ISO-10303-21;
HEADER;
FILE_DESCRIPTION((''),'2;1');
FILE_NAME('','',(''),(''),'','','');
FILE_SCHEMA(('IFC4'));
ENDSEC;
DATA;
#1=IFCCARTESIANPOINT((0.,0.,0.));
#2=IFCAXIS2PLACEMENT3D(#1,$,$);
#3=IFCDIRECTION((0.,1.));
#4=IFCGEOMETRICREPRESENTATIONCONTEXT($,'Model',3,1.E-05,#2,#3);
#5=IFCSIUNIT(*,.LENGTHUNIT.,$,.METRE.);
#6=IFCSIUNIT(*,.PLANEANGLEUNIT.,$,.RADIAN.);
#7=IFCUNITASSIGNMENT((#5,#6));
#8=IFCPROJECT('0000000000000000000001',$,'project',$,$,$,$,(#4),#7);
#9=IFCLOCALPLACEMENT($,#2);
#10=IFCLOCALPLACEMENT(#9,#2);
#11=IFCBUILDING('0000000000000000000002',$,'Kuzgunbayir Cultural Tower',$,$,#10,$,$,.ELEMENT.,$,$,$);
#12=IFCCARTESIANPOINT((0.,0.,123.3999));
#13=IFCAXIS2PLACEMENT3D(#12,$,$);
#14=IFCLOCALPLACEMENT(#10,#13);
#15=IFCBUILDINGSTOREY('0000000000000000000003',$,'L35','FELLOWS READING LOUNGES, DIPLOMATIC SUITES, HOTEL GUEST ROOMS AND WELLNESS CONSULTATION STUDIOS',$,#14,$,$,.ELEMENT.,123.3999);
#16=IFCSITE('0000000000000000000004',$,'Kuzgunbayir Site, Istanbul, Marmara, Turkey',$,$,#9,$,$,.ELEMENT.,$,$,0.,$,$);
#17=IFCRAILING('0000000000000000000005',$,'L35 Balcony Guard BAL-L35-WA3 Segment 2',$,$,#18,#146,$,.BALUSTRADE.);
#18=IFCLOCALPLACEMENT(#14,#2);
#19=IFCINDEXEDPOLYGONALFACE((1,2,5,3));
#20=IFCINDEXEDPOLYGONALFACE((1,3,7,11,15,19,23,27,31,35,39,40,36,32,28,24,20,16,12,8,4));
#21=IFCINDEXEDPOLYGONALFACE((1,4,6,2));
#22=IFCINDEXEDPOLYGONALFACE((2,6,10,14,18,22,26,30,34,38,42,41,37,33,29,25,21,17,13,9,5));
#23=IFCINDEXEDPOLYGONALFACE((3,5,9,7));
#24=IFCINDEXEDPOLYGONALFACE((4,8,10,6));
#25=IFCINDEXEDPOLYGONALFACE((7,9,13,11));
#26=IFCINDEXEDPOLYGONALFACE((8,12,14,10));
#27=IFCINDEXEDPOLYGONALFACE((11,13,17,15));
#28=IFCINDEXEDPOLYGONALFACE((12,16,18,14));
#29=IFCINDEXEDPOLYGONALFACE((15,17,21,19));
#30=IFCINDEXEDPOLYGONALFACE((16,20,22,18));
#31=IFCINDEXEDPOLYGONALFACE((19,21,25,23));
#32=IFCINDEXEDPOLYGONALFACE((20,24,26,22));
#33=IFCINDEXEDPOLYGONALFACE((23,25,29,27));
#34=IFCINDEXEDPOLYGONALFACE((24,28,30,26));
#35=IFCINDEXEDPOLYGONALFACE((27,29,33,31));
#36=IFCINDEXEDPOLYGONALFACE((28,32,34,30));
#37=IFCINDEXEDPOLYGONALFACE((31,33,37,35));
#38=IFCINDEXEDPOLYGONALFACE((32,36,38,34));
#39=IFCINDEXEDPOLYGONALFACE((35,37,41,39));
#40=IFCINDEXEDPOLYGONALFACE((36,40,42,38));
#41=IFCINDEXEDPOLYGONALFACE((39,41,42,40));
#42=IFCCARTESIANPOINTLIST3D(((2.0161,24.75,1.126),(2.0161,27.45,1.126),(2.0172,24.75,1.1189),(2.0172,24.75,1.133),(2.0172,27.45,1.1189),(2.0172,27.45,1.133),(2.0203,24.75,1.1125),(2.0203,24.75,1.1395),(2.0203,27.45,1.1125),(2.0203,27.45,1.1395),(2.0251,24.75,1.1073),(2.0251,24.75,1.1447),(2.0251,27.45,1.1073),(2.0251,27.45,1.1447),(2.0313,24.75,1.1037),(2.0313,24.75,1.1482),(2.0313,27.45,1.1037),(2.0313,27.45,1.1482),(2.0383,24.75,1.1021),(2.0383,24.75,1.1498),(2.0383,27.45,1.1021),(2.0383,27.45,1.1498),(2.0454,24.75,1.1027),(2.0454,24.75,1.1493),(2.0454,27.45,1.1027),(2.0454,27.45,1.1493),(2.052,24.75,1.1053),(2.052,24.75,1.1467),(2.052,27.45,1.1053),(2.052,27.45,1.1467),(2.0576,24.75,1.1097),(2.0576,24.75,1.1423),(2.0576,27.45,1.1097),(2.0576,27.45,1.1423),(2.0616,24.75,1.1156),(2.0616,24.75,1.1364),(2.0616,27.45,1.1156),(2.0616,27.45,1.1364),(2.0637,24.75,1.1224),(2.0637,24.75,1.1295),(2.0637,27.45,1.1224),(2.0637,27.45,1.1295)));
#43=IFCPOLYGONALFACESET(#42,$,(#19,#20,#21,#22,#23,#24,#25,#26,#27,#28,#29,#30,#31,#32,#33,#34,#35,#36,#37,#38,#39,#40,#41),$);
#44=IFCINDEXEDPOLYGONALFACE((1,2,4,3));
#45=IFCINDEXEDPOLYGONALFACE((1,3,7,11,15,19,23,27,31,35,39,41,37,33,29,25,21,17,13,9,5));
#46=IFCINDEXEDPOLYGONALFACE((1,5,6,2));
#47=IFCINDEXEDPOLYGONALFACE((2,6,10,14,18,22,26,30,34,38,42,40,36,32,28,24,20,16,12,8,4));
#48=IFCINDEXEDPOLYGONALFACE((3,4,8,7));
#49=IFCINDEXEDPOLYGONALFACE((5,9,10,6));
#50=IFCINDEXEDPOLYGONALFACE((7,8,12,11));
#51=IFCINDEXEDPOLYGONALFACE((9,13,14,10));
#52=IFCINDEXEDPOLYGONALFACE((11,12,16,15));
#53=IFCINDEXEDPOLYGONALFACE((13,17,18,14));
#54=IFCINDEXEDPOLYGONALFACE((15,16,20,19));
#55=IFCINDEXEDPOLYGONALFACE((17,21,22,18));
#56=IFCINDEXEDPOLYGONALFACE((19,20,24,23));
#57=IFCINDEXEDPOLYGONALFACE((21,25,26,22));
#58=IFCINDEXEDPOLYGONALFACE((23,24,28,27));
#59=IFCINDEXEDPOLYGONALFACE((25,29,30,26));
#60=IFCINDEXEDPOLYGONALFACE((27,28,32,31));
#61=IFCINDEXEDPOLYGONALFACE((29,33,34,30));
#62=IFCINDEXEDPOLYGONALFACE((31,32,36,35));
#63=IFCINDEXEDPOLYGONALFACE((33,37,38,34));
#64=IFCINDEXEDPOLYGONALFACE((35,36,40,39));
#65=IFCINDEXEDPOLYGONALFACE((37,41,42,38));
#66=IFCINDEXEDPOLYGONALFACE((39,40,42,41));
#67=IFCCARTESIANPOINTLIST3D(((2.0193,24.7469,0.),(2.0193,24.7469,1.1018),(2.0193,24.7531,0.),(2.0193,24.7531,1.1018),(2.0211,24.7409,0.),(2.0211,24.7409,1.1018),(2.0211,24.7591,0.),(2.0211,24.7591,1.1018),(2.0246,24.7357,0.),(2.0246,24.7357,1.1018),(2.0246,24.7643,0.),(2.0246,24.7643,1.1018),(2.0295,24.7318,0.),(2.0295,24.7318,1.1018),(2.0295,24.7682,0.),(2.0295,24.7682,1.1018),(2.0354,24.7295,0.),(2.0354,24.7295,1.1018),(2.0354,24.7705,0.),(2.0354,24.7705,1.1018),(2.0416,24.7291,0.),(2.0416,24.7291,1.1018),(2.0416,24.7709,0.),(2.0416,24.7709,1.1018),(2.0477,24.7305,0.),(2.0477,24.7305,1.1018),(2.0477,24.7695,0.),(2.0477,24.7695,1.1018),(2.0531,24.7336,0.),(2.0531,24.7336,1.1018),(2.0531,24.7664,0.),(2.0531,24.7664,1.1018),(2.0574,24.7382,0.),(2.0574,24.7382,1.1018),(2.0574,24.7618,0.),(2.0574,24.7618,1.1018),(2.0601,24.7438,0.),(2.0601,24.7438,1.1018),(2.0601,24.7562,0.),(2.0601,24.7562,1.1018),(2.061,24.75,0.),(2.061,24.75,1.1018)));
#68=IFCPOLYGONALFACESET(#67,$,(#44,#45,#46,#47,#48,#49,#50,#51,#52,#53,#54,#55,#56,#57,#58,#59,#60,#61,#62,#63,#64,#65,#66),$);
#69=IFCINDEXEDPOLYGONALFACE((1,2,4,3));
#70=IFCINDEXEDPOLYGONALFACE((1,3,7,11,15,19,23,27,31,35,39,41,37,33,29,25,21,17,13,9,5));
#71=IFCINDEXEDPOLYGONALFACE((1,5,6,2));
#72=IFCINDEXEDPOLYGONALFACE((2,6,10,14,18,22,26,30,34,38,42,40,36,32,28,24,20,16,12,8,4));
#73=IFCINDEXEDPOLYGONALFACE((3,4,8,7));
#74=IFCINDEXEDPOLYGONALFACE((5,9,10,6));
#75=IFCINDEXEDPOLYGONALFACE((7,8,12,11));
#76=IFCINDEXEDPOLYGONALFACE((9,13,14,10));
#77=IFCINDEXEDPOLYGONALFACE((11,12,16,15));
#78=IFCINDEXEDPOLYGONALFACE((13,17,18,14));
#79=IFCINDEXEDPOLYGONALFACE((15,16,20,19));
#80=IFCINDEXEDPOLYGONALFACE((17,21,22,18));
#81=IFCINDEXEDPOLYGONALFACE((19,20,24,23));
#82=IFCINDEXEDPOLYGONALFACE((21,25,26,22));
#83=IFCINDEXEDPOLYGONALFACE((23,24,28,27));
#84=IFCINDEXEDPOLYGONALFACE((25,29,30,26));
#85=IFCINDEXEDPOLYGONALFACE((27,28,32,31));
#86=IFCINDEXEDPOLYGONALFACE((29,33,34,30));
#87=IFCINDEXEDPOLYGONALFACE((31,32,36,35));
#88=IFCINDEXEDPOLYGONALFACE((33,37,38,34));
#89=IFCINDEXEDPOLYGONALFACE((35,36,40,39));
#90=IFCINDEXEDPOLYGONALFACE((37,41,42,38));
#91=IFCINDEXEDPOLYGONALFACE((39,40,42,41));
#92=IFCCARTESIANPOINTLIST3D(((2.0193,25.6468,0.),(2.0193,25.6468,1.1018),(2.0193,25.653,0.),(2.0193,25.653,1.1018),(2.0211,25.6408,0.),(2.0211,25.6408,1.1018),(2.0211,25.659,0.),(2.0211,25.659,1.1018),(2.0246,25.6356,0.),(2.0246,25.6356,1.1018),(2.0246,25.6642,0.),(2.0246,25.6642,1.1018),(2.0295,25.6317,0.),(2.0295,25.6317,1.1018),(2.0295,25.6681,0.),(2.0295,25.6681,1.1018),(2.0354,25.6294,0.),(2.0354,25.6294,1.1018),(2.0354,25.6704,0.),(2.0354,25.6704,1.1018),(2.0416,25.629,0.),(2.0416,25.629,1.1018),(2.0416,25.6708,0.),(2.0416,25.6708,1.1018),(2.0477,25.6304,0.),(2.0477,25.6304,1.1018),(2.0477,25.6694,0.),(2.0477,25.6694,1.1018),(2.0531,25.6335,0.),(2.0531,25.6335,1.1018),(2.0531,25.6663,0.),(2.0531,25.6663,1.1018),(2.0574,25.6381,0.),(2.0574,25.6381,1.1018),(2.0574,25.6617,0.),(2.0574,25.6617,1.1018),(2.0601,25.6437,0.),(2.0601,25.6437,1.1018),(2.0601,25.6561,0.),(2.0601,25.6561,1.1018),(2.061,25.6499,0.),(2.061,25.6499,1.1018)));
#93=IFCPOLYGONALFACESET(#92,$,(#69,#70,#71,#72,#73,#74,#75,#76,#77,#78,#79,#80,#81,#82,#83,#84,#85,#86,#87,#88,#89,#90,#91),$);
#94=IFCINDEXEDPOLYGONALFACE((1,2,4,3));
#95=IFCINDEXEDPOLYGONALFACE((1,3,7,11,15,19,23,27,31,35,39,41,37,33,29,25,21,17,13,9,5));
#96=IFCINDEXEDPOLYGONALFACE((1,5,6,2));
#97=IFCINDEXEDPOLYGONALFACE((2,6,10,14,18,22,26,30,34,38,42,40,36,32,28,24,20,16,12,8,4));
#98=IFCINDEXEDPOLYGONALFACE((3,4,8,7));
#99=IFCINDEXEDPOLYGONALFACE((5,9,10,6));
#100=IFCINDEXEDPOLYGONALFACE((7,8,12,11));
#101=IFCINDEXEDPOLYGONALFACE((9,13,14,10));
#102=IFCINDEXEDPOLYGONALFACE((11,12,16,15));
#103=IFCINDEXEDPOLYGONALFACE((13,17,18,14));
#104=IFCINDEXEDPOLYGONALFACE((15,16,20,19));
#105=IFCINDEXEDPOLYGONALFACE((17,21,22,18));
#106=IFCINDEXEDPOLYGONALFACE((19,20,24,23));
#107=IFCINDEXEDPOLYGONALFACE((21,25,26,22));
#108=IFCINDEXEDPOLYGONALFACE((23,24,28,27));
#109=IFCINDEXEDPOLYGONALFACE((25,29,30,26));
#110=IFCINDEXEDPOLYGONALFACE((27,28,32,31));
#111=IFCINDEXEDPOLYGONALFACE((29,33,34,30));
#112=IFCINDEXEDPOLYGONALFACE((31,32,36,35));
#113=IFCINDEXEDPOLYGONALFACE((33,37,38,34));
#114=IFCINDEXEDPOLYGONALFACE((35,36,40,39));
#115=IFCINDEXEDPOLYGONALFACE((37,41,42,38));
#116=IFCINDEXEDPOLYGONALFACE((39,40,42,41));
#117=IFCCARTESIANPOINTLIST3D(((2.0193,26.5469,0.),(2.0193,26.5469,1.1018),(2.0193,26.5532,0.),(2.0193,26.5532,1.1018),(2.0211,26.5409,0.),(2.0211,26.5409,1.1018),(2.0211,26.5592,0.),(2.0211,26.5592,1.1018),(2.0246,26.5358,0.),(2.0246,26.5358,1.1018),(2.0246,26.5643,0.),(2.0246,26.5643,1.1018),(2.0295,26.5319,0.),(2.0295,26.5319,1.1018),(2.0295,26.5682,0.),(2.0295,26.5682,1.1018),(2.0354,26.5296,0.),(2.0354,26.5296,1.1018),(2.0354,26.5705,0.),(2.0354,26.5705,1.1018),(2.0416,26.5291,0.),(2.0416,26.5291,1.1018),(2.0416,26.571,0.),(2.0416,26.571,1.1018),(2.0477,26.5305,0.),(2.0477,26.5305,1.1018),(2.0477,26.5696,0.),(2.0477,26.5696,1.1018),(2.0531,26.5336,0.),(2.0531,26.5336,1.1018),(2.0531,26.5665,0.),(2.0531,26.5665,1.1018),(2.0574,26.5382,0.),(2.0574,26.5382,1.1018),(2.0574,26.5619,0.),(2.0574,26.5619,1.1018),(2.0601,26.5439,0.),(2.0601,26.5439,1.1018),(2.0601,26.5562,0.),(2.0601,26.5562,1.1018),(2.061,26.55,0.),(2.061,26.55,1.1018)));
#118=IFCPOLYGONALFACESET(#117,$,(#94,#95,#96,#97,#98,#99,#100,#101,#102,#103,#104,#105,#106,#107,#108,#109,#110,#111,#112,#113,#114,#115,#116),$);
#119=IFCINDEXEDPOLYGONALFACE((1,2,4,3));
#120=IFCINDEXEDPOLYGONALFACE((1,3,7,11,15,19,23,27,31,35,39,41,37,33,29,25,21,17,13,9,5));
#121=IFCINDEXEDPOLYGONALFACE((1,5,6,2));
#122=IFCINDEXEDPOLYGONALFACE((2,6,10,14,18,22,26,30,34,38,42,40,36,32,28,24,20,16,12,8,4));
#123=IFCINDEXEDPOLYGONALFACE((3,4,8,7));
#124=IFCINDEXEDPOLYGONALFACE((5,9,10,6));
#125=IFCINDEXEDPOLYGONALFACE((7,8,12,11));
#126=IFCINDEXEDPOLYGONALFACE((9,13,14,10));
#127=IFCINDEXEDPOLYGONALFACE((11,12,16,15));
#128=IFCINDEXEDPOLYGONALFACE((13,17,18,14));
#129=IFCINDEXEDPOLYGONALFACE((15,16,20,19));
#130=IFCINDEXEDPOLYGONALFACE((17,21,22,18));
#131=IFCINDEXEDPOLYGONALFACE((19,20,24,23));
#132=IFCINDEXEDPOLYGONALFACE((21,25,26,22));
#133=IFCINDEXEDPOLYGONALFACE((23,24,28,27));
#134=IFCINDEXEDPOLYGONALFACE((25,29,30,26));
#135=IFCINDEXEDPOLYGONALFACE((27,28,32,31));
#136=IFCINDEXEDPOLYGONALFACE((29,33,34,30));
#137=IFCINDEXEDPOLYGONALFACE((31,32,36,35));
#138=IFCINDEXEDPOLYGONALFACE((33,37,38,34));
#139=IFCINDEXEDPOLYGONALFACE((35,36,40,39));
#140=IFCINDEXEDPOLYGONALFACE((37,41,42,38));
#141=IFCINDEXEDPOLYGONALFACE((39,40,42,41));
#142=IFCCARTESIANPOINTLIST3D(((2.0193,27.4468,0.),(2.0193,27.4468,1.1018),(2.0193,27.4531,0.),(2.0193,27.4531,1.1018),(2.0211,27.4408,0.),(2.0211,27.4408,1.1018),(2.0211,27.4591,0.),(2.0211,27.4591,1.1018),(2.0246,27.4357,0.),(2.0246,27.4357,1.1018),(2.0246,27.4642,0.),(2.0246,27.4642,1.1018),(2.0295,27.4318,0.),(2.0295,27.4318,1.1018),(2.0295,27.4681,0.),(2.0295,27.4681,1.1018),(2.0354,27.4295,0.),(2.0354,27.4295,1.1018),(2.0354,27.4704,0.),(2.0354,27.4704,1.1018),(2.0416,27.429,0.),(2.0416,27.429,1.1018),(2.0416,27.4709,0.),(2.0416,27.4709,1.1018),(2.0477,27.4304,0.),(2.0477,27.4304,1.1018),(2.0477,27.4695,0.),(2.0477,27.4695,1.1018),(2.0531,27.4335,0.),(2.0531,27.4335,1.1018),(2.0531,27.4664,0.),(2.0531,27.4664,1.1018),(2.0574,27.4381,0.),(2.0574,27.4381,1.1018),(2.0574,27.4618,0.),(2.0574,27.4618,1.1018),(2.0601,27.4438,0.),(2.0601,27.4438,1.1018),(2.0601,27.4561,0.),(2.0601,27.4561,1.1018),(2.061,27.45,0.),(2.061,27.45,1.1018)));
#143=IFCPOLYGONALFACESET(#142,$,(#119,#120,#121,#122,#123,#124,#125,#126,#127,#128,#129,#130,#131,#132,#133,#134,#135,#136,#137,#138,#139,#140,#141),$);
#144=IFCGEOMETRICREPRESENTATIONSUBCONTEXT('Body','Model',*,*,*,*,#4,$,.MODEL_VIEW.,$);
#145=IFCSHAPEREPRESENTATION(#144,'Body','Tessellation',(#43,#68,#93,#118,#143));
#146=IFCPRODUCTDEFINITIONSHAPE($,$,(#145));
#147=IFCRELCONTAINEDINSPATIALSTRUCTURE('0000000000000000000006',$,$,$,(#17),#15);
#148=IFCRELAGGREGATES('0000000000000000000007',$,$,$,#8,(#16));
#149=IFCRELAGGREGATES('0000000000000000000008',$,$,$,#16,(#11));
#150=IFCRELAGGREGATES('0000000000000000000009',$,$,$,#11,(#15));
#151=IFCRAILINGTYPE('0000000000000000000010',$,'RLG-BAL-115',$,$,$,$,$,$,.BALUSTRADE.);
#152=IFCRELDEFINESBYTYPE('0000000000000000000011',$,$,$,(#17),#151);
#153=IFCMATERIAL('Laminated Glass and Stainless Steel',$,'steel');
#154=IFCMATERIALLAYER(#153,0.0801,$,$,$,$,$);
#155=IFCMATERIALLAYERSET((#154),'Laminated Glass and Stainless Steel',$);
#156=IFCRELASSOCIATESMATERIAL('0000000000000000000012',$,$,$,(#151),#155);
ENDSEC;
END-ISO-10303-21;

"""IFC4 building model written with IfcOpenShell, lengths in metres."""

from ifc_helpers import new_model, si_unit, direction, frame, origin, origin_2d, place, context, subcontext, project, spatial, circle, extrude, material, layer, layer_set, type_object, element, save


model = new_model("IFC4")

# Units and contexts
model_context = context("Model", 3, precision=1e-05, world=origin(), true_north=direction((0.0, 1.0)))
body_context = subcontext(model_context, "Body", "Model", "MODEL_VIEW")
ifc_project = project(units=[si_unit("LENGTHUNIT", "METRE"), si_unit("PLANEANGLEUNIT", "RADIAN")], contexts=[model_context])

# Site, building, storey
site_placement = place(None, origin())
site = spatial("IfcSite", under=ifc_project, at=site_placement, Name="Kuzgunbayir Site, Istanbul, Marmara, Turkey", CompositionType="ELEMENT", RefElevation=0.0)
building_placement = place(site_placement, origin())
building = spatial("IfcBuilding", under=site, at=building_placement, Name="Kuzgunbayir Cultural Tower", CompositionType="ELEMENT")
storey_placement = place(building_placement, frame((0.0, 0.0, 123.3999)))
storey = spatial("IfcBuildingStorey", under=building, at=storey_placement, Name="L35", Description="FELLOWS READING LOUNGES, DIPLOMATIC SUITES, HOTEL GUEST ROOMS AND WELLNESS CONSULTATION STUDIOS", CompositionType="ELEMENT", Elevation=123.3999)

# Railing
ifc_material_1 = material(Name="Laminated Glass and Stainless Steel", Category="steel")
ifc_layer_1 = layer(ifc_material_1, 0.0801)
ifc_layer_set_1 = layer_set([ifc_layer_1], Name="Laminated Glass and Stainless Steel")
railing_type = type_object("IfcRailingType", Name="RLG-BAL-115", PredefinedType="BALUSTRADE", material=ifc_layer_set_1)
railing_1_placement = place(storey_placement, frame((2.04, 24.75, 0.0)))
element("IfcRailing", 1, at=railing_1_placement, inside=storey, type_object=railing_type, Name="L35 Balcony Guard BAL-L35-WA3 Segment 2", PredefinedType="BALUSTRADE", context=body_context, shape_type="SweptSolid", body=[
    extrude(circle(Radius=0.0239, at=origin_2d()), frame((0.0, 0.0, 1.126), z_axis=(0.0, 1.0, 0.0), x_axis=(-1.0, 0.0, 0.0)), (0.0, 0.0, 1.0), 2.7),
    extrude(circle(Radius=0.021, at=origin_2d()), origin(), (0.0, 0.0, 1.0), 1.1018),
    extrude(circle(Radius=0.021, at=origin_2d()), frame((0.0, 0.8999, 0.0)), (0.0, 0.0, 1.0), 1.1018),
    extrude(circle(Radius=0.021, at=origin_2d()), frame((0.0, 1.8, 0.0)), (0.0, 0.0, 1.0), 1.1018),
    extrude(circle(Radius=0.021, at=origin_2d()), frame((0.0, 2.7, 0.0)), (0.0, 0.0, 1.0), 1.1018),
])

save(model, "model.ifc")
